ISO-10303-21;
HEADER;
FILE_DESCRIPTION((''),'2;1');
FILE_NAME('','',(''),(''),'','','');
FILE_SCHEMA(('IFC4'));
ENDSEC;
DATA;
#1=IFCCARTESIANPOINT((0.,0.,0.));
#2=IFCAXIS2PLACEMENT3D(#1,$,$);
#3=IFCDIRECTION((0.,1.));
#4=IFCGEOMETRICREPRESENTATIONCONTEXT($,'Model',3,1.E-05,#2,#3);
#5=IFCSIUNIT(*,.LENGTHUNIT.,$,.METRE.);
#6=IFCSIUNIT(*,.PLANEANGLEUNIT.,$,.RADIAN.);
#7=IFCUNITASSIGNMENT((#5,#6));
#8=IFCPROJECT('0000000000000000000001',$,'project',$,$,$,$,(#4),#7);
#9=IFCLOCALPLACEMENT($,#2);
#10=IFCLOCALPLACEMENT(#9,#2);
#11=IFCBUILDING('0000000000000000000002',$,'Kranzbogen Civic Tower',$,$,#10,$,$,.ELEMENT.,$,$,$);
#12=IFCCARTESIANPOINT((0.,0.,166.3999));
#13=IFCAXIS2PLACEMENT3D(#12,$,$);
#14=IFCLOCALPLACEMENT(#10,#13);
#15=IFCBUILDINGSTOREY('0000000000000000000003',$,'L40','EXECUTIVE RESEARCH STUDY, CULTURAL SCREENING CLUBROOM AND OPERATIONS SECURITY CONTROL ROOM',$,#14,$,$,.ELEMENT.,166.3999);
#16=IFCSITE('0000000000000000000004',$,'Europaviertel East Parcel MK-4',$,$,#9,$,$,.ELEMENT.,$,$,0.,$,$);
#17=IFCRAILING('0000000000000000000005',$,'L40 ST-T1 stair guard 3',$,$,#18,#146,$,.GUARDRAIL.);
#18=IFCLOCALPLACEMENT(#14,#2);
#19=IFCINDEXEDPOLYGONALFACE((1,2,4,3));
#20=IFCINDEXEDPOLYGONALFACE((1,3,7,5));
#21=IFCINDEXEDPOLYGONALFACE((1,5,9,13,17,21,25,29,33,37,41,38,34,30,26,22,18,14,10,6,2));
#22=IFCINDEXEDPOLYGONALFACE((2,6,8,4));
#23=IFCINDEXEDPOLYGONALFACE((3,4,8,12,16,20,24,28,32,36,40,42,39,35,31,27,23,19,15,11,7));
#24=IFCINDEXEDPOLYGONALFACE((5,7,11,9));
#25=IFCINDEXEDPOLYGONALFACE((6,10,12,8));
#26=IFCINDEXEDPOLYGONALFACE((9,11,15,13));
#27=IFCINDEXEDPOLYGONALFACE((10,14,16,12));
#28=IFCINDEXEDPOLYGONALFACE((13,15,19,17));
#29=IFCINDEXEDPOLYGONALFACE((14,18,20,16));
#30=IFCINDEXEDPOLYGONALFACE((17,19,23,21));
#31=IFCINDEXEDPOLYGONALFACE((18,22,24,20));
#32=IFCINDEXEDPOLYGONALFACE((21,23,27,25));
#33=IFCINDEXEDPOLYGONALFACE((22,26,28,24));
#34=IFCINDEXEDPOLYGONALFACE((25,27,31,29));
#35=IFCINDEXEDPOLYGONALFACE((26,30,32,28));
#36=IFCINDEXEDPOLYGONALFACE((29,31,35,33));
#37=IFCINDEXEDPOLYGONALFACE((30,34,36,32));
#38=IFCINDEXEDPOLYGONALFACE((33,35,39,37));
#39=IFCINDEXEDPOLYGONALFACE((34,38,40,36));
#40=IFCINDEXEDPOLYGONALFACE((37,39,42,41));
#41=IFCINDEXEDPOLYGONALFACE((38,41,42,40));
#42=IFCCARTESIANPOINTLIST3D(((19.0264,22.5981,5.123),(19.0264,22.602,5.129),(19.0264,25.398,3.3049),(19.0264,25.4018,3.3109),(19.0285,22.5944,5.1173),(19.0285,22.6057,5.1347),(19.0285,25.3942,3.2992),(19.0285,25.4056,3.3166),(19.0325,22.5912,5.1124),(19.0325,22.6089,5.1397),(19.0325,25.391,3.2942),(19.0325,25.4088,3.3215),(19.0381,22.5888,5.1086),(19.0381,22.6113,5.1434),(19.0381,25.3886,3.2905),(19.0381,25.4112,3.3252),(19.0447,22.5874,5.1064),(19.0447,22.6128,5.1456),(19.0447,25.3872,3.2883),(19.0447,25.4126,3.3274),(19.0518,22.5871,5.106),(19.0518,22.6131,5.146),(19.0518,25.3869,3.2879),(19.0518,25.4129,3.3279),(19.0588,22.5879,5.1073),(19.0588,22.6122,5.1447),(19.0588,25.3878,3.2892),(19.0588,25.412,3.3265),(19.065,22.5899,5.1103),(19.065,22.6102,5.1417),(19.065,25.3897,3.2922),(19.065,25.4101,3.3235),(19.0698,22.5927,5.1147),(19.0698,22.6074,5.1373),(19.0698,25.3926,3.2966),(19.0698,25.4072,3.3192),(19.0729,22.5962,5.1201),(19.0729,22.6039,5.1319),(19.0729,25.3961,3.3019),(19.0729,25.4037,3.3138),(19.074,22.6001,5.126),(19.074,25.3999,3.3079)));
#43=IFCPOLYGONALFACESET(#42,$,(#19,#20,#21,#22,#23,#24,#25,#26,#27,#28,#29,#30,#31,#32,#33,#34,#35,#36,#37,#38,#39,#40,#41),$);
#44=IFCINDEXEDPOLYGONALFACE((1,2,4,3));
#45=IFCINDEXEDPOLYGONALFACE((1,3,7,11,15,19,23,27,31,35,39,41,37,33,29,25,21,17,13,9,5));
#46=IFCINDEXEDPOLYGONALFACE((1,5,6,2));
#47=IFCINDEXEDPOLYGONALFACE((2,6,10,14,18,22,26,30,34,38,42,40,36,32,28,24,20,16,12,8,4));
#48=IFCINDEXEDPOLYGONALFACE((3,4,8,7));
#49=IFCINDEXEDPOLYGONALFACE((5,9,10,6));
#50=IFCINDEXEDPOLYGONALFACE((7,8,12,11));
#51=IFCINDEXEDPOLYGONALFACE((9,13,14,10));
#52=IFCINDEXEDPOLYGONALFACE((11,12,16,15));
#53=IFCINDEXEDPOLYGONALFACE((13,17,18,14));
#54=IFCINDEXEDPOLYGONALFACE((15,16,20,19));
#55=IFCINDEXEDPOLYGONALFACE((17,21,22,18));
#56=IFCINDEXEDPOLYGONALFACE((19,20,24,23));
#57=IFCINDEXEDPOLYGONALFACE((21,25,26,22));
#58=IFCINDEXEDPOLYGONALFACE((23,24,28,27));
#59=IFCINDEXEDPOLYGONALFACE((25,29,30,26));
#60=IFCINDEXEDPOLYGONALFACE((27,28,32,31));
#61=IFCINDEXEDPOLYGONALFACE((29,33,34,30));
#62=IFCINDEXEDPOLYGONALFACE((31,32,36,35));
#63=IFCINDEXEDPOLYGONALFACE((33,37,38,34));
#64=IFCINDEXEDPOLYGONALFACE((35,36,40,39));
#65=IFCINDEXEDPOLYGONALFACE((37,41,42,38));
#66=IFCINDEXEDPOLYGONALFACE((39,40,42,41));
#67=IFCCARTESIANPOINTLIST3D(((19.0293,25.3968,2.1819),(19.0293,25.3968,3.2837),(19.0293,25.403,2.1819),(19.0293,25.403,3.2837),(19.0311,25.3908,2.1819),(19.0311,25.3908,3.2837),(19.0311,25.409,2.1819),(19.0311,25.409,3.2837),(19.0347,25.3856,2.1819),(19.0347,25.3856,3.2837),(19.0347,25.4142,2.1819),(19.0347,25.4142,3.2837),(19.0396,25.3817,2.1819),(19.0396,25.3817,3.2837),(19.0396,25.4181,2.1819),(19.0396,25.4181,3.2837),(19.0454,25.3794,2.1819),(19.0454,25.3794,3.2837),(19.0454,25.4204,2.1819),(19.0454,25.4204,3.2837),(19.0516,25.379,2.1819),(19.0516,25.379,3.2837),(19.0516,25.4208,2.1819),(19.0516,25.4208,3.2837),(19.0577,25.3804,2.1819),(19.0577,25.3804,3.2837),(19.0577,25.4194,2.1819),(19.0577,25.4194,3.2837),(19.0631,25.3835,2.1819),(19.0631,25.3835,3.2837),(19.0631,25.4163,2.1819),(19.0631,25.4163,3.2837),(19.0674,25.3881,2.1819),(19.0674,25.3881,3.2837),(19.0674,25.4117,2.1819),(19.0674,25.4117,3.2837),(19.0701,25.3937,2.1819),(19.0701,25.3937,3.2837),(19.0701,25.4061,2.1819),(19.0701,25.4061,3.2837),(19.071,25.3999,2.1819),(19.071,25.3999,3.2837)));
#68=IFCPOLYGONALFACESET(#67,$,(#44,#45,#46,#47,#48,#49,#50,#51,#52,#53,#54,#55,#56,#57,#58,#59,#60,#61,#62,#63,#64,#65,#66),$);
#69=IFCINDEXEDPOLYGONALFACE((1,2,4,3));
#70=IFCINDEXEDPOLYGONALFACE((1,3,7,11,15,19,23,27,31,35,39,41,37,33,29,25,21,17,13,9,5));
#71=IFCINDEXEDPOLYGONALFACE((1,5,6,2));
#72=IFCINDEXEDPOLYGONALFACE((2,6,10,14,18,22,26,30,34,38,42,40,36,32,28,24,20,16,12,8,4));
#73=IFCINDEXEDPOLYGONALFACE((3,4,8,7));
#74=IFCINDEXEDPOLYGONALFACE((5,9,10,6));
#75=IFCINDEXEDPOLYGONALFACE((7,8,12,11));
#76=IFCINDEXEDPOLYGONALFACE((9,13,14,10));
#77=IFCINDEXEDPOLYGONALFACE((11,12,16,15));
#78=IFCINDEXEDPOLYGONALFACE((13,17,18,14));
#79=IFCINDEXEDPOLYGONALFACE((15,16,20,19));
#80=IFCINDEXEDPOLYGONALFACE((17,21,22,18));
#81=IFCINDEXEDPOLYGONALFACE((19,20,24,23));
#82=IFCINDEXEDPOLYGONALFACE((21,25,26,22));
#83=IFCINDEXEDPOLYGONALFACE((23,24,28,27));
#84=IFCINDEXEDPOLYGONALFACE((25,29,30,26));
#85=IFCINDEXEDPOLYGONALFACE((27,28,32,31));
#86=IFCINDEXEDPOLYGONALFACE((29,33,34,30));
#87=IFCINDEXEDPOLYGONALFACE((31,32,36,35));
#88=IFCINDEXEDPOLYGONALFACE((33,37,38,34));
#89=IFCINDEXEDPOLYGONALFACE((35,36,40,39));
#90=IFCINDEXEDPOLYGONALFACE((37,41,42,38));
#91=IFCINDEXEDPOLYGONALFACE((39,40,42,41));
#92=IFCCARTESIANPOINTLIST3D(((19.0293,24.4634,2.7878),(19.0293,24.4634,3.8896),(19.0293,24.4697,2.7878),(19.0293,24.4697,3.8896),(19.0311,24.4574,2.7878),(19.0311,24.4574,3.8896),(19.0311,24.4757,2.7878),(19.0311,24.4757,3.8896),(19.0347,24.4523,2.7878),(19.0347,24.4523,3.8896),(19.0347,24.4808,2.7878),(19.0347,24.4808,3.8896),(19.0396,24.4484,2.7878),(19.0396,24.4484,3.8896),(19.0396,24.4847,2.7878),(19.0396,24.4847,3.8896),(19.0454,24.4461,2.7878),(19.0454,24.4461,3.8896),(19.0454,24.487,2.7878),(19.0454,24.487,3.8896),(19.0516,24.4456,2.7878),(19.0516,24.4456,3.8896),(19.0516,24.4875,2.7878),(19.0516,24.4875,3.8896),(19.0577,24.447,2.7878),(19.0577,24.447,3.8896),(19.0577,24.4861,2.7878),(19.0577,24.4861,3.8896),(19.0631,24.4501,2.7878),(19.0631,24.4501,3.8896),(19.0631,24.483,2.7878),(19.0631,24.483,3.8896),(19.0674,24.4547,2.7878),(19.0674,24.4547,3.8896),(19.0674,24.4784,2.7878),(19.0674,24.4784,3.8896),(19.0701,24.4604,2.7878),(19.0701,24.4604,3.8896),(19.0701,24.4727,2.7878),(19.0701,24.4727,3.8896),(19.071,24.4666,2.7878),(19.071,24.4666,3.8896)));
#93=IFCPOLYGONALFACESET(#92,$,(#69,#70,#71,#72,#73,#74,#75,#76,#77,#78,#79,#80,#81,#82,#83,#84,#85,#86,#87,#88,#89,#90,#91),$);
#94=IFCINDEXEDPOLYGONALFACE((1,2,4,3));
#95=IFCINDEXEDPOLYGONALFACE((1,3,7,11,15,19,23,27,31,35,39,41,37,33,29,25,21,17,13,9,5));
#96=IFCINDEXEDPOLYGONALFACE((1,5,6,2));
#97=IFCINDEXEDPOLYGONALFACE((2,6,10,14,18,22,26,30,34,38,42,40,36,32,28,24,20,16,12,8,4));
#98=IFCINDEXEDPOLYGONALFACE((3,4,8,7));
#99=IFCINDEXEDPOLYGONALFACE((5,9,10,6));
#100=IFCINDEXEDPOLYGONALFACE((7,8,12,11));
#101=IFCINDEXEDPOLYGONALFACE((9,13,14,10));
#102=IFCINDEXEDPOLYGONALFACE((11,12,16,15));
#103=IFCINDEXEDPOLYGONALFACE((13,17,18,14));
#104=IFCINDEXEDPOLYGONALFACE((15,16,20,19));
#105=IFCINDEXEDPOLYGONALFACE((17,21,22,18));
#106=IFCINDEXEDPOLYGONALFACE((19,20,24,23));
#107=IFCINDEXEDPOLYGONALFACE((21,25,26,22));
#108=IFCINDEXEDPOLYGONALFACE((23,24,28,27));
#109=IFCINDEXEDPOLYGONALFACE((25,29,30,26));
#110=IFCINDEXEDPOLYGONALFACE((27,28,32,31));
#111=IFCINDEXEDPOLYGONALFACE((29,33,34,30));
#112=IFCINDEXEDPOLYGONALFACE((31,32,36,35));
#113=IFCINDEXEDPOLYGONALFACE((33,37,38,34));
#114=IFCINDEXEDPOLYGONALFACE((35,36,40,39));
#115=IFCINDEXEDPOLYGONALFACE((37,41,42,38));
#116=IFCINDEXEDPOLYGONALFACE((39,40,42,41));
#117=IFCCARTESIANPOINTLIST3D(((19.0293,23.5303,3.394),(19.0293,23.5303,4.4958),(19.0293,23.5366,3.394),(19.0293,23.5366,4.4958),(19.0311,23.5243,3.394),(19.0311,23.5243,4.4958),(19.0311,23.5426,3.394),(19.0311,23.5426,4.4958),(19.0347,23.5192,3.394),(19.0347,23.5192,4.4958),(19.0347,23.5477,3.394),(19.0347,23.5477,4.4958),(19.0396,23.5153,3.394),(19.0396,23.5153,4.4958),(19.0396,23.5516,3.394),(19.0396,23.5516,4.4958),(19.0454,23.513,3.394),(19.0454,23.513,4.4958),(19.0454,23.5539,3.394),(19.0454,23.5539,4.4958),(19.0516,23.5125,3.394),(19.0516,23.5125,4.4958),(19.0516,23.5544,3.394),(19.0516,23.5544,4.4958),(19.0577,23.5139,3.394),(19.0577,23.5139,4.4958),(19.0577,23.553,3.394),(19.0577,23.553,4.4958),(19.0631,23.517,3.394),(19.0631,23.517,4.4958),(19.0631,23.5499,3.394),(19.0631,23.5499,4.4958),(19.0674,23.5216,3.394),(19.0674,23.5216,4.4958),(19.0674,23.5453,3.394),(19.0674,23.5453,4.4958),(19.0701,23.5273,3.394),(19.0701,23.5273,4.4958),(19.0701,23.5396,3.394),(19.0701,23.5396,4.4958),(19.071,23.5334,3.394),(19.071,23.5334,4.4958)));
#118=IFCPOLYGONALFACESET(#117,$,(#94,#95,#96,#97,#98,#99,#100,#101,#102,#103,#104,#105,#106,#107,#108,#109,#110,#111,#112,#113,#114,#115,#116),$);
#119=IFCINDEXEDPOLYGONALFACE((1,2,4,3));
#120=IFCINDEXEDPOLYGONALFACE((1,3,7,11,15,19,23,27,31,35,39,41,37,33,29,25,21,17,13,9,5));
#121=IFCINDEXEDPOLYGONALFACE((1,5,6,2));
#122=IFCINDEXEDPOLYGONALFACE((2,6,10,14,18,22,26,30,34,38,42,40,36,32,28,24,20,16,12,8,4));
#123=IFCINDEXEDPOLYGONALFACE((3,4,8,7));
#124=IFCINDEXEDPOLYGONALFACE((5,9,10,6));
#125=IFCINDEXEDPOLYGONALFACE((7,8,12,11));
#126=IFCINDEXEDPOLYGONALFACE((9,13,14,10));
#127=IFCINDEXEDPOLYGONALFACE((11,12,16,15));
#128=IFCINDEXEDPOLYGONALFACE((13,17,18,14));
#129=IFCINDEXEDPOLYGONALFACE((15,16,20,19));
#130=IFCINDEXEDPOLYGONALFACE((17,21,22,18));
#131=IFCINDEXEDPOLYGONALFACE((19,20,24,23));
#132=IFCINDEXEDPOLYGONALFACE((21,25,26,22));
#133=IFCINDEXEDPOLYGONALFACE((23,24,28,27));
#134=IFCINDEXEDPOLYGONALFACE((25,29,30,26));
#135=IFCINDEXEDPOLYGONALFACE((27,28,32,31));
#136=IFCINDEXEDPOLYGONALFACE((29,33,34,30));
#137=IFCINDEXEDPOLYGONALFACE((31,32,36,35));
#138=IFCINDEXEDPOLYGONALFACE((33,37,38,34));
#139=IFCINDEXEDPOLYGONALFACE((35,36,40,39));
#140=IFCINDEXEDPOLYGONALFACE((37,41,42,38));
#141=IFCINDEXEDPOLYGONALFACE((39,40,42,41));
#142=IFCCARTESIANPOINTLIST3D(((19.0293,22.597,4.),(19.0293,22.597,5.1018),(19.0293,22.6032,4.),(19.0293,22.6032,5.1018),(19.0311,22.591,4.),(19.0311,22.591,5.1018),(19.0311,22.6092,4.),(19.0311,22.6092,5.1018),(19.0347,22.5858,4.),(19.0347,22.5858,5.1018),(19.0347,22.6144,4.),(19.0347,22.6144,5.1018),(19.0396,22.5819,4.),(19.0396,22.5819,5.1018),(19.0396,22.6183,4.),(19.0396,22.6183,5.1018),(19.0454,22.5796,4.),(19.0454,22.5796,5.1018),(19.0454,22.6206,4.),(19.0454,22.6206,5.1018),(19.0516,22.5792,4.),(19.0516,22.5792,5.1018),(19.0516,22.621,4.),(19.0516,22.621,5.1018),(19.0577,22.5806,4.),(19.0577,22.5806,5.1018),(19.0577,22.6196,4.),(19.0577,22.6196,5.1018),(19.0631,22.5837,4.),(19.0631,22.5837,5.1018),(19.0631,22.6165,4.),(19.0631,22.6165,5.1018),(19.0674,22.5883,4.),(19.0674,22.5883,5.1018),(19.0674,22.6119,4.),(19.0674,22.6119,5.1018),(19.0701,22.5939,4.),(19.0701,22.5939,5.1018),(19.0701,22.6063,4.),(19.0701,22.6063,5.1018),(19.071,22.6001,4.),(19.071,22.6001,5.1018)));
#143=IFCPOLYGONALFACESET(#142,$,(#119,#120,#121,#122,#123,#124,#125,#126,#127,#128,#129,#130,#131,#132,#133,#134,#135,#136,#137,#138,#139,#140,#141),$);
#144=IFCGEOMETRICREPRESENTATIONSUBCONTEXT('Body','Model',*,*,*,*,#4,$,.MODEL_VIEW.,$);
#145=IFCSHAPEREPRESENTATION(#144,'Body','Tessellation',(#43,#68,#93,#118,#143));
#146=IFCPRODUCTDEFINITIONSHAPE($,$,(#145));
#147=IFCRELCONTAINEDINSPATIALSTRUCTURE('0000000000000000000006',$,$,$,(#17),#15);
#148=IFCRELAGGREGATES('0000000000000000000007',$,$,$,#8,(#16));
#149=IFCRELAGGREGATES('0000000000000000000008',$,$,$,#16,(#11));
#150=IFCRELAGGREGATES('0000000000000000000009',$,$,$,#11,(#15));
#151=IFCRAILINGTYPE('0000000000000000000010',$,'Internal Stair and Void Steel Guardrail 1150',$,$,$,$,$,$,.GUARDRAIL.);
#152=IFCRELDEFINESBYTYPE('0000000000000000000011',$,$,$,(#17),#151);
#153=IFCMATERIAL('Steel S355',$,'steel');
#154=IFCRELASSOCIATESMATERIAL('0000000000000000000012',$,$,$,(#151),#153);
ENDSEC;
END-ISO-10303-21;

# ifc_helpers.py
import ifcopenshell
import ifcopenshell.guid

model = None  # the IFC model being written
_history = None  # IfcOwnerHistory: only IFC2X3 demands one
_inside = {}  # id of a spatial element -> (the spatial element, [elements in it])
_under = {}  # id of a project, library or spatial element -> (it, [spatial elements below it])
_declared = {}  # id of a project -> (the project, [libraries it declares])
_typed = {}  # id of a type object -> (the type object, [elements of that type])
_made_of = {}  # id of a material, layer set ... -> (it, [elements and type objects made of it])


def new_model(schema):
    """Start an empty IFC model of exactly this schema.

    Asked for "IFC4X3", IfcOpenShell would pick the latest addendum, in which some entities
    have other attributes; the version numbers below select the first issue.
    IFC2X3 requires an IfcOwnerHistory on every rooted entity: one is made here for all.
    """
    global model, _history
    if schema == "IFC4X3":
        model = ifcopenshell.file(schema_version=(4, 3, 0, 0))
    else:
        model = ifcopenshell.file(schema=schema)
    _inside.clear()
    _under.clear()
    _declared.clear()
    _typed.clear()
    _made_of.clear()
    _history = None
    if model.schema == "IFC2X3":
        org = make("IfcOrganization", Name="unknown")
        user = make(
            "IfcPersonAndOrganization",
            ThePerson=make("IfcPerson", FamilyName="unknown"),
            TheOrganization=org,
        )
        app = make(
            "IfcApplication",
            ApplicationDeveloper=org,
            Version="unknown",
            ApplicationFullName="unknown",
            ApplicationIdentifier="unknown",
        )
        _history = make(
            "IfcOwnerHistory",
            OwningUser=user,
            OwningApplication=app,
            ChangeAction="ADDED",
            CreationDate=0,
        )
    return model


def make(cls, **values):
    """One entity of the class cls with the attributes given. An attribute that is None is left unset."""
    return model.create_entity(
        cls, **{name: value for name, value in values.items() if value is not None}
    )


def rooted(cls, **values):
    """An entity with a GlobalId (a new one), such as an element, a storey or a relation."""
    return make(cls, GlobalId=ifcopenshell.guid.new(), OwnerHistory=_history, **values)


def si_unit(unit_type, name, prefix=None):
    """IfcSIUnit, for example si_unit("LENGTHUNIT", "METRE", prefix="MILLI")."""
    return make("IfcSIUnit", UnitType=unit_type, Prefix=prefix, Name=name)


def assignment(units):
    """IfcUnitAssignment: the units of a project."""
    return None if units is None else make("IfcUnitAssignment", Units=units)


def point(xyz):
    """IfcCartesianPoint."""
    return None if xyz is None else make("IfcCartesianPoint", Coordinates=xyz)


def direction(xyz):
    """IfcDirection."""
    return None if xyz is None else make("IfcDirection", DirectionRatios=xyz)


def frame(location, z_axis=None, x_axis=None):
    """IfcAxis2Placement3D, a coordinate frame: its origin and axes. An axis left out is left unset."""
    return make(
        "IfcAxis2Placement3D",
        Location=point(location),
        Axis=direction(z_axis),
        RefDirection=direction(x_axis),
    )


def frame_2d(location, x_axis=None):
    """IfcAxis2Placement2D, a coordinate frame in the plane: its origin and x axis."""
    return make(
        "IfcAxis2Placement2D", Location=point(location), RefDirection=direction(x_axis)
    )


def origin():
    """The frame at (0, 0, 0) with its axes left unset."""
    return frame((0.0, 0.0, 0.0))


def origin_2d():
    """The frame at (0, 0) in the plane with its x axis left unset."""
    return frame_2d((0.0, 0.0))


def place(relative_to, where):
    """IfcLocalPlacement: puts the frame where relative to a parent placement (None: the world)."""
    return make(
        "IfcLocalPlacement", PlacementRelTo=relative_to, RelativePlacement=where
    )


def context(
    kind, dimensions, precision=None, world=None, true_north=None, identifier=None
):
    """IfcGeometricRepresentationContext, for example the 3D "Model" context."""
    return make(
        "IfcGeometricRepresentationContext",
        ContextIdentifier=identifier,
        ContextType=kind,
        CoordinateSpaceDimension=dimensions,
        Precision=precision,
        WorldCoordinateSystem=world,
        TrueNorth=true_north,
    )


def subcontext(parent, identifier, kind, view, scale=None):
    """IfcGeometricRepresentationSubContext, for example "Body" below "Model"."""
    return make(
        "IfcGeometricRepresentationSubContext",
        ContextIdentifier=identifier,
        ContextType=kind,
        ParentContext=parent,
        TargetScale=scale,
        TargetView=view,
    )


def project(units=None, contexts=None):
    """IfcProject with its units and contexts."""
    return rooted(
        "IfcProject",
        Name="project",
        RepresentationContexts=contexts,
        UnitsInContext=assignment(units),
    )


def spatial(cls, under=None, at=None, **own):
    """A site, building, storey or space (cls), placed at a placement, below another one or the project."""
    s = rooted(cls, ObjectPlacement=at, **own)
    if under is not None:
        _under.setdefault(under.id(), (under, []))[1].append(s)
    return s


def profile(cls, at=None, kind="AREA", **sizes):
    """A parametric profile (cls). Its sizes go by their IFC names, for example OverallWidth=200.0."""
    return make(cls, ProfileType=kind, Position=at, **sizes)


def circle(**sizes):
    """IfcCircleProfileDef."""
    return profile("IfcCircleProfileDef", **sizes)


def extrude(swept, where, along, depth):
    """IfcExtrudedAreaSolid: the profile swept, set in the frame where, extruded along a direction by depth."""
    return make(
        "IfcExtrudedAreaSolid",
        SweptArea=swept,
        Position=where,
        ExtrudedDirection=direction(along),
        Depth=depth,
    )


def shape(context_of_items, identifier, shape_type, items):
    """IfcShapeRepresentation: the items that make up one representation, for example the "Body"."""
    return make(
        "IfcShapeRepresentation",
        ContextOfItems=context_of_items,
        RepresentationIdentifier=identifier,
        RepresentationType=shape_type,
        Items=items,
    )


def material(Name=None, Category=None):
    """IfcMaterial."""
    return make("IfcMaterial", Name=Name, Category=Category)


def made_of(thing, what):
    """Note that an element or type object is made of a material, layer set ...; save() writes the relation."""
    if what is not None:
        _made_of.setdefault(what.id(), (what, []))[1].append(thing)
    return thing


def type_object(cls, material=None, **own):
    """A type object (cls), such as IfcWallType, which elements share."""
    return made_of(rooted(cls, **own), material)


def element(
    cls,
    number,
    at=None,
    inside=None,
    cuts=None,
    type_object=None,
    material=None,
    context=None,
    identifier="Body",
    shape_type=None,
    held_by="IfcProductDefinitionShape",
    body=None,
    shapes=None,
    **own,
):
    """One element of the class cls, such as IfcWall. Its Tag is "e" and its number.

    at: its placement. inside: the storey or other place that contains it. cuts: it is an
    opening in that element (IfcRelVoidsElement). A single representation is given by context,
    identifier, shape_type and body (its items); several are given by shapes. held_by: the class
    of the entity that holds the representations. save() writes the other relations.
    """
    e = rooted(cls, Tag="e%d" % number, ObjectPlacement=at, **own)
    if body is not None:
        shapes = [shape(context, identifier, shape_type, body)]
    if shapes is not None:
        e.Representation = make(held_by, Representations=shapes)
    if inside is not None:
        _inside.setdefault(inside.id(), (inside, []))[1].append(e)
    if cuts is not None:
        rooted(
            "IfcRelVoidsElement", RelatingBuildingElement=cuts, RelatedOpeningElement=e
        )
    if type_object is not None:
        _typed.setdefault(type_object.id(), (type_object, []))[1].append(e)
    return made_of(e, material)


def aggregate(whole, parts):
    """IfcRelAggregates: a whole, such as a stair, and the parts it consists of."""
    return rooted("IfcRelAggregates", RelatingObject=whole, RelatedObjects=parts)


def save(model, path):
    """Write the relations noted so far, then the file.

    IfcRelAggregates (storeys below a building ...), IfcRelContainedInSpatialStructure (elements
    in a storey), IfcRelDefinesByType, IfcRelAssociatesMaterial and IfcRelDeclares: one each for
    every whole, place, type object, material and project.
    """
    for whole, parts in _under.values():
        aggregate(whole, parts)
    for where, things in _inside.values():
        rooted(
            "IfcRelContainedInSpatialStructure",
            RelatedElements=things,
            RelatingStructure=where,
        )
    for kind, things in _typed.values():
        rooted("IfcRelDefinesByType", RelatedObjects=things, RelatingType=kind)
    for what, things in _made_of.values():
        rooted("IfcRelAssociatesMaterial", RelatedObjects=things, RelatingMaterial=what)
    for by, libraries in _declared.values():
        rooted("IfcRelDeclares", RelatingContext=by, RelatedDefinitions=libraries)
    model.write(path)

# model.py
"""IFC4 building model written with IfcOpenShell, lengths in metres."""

from ifc_helpers import new_model, si_unit, direction, frame, origin, origin_2d, place, context, subcontext, project, spatial, circle, extrude, material, type_object, element, save


model = new_model("IFC4")

# Units and contexts
model_context = context("Model", 3, precision=1e-05, world=origin(), true_north=direction((0.0, 1.0)))
body_context = subcontext(model_context, "Body", "Model", "MODEL_VIEW")
ifc_project = project(units=[si_unit("LENGTHUNIT", "METRE"), si_unit("PLANEANGLEUNIT", "RADIAN")], contexts=[model_context])

# Site, building, storey
site_placement = place(None, origin())
site = spatial("IfcSite", under=ifc_project, at=site_placement, Name="Europaviertel East Parcel MK-4", CompositionType="ELEMENT", RefElevation=0.0)
building_placement = place(site_placement, origin())
building = spatial("IfcBuilding", under=site, at=building_placement, Name="Kranzbogen Civic Tower", CompositionType="ELEMENT")
storey_placement = place(building_placement, frame((0.0, 0.0, 166.3999)))
storey = spatial("IfcBuildingStorey", under=building, at=storey_placement, Name="L40", Description="EXECUTIVE RESEARCH STUDY, CULTURAL SCREENING CLUBROOM AND OPERATIONS SECURITY CONTROL ROOM", CompositionType="ELEMENT", Elevation=166.3999)

# Shared definitions
ifc_material_1 = material(Name="Steel S355", Category="steel")

# Railing
railing_type_1 = type_object("IfcRailingType", Name="Internal Stair and Void Steel Guardrail 1150", PredefinedType="GUARDRAIL", material=ifc_material_1)
railing_1_placement = place(storey_placement, frame((19.05, 25.3999, 2.1819)))
element("IfcRailing", 1, at=railing_1_placement, inside=storey, type_object=railing_type_1, Name="L40 ST-T1 stair guard 3", PredefinedType="GUARDRAIL", context=body_context, shape_type="SweptSolid", body=[
    extrude(circle(Radius=0.0239, at=origin_2d()), frame((0.0, 0.0, 1.126), z_axis=(0.0, -0.838684, 0.544618), x_axis=(1.0, 0.0, 0.0)), (0.0, 0.0, 1.0), 3.3384),
    extrude(circle(Radius=0.021, at=origin_2d()), origin(), (0.0, 0.0, 1.0), 1.1018),
    extrude(circle(Radius=0.021, at=origin_2d()), frame((0.0, -0.9333, 0.606)), (0.0, 0.0, 1.0), 1.1018),
    extrude(circle(Radius=0.021, at=origin_2d()), frame((0.0, -1.8665, 1.2122)), (0.0, 0.0, 1.0), 1.1018),
    extrude(circle(Radius=0.021, at=origin_2d()), frame((0.0, -2.7998, 1.8181)), (0.0, 0.0, 1.0), 1.1018),
])

save(model, "model.ifc")
